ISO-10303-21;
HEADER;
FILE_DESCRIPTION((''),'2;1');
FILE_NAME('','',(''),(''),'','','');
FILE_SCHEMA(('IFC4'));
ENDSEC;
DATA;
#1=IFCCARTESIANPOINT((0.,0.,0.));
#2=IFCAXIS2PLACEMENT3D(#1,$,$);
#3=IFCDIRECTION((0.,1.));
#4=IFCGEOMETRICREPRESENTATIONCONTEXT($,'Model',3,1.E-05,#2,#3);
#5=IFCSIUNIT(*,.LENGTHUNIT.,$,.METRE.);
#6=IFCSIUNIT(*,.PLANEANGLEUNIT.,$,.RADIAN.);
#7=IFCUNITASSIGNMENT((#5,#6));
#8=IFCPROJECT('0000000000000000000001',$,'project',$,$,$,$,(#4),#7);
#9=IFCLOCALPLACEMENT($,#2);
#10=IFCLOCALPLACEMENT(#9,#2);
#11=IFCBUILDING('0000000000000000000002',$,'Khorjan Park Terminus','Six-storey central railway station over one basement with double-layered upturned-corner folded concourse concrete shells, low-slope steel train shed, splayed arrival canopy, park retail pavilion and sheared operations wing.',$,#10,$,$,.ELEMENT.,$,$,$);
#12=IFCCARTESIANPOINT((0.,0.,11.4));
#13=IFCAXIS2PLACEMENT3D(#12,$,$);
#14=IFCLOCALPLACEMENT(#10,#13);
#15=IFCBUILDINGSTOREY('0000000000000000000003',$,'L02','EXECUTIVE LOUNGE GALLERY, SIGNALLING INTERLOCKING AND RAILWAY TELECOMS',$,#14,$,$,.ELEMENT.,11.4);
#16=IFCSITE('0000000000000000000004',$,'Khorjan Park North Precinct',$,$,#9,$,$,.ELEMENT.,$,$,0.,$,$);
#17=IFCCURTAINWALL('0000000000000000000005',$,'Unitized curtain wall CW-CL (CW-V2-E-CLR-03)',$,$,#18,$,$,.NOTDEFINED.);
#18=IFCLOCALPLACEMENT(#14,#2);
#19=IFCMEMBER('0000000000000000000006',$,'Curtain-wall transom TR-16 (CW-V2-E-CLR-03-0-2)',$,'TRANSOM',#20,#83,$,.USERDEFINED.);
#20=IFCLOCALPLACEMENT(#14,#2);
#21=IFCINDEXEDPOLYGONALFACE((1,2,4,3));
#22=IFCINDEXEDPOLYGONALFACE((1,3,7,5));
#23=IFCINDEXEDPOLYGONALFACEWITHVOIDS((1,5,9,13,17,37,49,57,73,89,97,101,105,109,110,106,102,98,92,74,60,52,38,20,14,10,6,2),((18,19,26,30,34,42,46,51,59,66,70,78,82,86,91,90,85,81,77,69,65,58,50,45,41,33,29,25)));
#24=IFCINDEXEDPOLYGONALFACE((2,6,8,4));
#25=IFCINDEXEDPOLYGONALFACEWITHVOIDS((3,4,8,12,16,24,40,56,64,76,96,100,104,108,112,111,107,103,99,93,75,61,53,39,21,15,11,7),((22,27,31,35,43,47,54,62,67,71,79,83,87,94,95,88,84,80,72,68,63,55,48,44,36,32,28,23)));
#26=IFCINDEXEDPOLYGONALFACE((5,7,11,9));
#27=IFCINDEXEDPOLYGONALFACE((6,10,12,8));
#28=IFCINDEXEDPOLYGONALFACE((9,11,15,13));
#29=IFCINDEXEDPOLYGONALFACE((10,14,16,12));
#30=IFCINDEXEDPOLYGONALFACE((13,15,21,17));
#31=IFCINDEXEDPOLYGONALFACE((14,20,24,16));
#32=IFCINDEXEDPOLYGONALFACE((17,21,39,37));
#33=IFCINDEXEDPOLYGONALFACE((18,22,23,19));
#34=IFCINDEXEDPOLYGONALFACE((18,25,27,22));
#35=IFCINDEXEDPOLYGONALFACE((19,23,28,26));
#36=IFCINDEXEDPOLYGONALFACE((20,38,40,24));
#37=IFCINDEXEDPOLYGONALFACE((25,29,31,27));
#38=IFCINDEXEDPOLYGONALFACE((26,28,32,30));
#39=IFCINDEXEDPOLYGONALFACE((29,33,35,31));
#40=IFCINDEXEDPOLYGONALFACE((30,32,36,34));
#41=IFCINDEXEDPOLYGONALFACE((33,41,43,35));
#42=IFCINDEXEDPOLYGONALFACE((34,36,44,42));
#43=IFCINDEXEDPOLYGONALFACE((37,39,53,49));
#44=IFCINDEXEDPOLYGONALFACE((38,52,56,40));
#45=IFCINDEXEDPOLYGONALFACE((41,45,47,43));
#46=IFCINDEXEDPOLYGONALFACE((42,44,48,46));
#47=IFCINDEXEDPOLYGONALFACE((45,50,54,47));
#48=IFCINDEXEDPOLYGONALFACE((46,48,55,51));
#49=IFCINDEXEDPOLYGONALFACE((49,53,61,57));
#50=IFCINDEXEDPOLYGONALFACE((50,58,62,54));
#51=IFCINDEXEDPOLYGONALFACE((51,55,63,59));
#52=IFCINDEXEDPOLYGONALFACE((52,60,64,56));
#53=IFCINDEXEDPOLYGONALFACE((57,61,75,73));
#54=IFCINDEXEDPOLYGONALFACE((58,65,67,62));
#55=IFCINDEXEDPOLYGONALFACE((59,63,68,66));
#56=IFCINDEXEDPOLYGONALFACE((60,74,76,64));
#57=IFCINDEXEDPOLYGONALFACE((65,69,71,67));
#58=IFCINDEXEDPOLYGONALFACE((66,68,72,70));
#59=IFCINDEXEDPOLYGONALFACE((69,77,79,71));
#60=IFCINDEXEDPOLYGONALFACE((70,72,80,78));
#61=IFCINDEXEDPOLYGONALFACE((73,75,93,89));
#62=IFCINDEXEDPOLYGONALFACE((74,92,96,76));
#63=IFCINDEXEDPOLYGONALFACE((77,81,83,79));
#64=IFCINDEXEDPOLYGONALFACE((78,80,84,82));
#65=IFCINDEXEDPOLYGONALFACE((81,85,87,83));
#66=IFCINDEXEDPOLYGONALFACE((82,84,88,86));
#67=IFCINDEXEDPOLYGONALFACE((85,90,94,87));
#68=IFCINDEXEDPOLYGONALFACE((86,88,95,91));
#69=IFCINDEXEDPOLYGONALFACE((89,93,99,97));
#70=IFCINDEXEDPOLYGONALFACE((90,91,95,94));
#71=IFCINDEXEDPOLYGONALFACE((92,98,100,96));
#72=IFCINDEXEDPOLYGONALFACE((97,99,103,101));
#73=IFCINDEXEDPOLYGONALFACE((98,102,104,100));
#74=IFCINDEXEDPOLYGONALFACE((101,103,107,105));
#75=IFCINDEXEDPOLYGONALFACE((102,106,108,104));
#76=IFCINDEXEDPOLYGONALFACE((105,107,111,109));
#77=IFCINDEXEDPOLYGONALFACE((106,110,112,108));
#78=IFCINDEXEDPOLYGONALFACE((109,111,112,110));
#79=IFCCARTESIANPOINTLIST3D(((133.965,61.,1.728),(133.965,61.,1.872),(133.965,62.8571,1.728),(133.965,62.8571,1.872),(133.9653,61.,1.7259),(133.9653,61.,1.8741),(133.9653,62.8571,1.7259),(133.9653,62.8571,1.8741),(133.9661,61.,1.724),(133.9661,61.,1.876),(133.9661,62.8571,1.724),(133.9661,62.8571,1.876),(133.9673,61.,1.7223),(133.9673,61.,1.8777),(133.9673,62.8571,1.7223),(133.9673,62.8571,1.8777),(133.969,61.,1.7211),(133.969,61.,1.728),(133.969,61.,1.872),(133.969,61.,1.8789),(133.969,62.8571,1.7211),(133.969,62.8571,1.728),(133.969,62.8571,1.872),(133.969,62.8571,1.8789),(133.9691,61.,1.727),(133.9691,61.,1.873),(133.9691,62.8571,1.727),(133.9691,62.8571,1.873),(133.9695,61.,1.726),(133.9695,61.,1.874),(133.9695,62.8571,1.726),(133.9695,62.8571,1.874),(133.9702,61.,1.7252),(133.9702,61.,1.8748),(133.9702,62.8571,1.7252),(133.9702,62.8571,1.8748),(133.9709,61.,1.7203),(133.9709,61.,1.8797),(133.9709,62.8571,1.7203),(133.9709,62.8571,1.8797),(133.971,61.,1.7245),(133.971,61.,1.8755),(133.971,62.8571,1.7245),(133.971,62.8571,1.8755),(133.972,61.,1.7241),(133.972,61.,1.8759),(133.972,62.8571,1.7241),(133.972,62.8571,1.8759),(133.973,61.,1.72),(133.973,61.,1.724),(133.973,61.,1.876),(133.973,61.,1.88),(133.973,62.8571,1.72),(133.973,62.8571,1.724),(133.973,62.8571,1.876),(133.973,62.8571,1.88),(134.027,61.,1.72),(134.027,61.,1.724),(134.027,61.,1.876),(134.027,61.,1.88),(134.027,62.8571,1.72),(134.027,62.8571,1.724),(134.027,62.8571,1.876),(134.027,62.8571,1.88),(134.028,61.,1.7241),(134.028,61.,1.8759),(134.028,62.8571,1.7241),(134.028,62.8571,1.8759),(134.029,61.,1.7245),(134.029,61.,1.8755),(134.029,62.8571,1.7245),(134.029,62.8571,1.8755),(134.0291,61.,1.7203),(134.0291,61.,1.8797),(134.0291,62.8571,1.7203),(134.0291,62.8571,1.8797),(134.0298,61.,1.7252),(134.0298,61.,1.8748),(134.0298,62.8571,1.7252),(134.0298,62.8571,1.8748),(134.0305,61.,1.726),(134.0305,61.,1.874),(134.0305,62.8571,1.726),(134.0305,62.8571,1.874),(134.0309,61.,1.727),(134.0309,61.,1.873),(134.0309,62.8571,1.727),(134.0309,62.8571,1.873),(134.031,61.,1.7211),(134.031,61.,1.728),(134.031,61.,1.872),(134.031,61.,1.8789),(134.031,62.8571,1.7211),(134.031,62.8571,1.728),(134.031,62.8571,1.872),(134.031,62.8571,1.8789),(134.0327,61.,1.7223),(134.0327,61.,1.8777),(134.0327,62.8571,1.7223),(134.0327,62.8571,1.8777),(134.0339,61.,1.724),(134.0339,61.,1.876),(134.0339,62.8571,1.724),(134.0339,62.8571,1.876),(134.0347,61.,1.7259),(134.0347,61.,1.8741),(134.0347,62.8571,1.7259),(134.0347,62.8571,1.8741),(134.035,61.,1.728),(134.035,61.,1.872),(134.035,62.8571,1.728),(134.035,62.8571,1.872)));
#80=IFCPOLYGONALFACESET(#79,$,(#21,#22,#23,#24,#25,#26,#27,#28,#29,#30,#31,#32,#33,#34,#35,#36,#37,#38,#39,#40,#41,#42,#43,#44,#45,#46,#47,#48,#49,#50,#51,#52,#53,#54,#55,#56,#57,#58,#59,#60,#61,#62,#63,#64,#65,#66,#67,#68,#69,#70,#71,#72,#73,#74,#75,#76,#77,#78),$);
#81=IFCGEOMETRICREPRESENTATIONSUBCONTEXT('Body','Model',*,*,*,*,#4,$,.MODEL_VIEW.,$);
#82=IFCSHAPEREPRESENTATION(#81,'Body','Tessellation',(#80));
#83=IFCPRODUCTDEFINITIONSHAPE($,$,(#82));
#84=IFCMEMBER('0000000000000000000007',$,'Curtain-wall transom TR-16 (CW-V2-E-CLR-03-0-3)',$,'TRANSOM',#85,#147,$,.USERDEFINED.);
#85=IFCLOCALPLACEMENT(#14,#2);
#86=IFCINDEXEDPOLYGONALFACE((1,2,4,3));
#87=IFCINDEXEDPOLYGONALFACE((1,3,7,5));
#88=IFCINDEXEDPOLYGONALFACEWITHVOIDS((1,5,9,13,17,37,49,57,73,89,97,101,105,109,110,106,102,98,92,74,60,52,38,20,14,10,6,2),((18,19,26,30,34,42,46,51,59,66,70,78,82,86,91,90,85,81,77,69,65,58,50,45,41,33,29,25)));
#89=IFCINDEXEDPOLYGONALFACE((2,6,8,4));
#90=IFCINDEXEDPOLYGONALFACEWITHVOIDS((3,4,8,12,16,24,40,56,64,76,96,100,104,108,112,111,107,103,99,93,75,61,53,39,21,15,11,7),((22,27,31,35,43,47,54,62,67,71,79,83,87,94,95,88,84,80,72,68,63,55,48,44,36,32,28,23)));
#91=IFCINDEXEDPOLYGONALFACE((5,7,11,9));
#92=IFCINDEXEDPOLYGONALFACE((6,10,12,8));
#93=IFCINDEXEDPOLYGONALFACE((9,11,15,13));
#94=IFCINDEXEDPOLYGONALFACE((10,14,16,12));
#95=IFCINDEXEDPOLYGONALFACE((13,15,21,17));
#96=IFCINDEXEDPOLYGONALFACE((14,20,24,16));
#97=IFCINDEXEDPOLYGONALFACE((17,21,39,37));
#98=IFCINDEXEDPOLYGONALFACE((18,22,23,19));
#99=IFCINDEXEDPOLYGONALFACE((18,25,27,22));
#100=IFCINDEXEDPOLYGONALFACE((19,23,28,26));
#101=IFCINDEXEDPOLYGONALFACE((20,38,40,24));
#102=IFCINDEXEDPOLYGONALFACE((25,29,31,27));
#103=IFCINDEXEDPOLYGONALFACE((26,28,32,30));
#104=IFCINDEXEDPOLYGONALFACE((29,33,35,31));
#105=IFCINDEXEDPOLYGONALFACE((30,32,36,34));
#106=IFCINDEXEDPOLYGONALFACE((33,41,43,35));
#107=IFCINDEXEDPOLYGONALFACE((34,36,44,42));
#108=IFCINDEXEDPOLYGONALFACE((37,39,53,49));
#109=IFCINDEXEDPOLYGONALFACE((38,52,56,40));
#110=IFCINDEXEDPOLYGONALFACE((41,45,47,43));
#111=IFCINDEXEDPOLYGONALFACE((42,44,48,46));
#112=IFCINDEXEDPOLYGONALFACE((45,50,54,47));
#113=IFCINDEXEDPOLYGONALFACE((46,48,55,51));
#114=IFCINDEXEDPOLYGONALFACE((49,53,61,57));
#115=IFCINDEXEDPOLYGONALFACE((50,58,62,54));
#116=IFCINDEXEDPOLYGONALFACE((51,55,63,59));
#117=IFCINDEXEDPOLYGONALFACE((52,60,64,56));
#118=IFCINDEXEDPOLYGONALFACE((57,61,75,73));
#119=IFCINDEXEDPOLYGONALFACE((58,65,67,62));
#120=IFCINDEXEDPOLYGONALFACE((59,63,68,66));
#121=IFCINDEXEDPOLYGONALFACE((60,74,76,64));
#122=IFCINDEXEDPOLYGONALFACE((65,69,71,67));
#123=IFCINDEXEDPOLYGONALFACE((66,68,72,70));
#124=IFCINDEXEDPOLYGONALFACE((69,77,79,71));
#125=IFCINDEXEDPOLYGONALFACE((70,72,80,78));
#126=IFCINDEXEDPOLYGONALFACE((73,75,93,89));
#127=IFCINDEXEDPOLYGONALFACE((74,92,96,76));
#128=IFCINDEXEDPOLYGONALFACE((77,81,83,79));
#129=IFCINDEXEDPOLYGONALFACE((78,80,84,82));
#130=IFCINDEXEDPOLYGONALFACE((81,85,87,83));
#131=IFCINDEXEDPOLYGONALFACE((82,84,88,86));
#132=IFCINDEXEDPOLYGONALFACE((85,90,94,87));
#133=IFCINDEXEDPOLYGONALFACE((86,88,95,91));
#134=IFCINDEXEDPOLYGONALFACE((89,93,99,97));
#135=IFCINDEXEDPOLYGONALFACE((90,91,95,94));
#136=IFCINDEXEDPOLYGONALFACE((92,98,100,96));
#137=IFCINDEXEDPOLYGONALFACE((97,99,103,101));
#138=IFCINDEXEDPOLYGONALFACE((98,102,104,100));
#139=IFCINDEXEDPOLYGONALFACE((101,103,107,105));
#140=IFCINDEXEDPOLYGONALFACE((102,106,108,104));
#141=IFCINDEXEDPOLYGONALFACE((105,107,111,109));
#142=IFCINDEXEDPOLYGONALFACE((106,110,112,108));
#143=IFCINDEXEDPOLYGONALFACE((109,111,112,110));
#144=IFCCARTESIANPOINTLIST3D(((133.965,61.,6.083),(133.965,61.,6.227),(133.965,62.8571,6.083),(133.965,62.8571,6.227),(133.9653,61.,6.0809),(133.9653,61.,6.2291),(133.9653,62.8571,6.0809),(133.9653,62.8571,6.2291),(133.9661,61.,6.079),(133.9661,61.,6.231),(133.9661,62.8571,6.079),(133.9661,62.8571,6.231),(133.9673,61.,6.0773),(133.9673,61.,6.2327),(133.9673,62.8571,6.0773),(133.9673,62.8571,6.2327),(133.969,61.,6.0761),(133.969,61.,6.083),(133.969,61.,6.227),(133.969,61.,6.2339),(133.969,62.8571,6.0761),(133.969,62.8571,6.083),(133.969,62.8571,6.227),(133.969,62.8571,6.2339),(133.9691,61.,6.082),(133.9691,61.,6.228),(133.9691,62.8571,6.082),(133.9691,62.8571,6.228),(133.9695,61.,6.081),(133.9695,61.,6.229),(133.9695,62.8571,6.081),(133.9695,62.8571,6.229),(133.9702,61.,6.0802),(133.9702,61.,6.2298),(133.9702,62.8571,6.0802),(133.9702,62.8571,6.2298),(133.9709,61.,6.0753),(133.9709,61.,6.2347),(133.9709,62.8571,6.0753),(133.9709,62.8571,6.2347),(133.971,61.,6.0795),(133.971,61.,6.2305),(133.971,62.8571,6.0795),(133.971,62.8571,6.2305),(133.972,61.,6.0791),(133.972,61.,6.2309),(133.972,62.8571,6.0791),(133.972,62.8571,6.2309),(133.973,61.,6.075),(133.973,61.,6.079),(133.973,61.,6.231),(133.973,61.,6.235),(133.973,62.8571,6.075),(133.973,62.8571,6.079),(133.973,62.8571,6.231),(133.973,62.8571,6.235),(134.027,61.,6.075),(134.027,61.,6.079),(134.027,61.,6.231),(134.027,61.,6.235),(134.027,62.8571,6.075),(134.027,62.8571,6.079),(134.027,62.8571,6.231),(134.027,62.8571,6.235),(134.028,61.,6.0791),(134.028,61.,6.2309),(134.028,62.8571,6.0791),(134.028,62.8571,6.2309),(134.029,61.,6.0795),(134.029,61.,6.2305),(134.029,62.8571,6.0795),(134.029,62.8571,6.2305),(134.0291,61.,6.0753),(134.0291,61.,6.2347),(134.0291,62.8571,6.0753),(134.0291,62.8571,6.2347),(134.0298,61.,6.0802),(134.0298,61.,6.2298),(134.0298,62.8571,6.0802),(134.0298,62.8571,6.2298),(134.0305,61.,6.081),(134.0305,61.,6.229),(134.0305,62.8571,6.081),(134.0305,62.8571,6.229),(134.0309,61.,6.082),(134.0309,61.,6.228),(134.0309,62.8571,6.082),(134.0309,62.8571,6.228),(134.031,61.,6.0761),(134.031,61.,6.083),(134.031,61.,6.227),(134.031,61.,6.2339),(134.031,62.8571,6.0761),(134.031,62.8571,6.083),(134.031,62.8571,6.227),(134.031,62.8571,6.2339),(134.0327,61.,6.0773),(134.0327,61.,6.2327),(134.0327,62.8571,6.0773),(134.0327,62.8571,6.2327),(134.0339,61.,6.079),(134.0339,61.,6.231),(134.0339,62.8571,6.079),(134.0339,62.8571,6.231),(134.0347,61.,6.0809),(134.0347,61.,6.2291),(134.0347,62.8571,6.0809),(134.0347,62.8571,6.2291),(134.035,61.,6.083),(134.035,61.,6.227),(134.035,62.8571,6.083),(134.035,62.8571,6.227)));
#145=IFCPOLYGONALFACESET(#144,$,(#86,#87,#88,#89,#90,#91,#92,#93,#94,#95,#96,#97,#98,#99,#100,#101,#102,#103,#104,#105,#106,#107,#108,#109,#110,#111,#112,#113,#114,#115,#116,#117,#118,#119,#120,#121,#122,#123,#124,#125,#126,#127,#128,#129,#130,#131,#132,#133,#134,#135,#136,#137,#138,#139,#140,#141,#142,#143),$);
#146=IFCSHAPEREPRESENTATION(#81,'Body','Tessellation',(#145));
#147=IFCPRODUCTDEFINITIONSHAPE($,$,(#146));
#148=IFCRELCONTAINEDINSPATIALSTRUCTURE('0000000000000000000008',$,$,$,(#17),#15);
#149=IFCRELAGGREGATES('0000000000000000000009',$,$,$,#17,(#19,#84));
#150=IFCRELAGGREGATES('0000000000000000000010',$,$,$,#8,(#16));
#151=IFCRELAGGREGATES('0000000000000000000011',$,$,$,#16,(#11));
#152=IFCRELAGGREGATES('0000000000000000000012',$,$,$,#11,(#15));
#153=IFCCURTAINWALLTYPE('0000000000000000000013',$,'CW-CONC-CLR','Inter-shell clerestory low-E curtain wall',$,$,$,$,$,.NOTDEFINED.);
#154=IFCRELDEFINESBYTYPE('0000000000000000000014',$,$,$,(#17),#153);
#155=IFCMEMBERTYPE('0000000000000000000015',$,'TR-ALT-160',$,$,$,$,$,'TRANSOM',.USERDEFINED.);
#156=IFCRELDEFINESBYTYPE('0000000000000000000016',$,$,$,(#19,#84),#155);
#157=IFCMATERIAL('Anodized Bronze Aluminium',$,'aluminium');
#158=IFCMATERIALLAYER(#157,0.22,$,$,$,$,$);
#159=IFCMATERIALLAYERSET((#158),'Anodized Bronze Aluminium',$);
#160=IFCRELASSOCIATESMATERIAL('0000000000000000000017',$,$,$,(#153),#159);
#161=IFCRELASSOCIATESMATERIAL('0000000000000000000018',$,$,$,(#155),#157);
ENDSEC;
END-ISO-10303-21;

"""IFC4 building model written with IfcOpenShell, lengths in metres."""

from ifc_helpers import new_model, si_unit, direction, frame, origin, origin_2d, place, context, subcontext, project, spatial, hollow_rectangle, extrude, material, layer, layer_set, material_profile, profile_set, type_object, element, aggregate, save


model = new_model("IFC4")

# Units and contexts
model_context = context("Model", 3, precision=1e-05, world=origin(), true_north=direction((0.0, 1.0)))
body_context = subcontext(model_context, "Body", "Model", "MODEL_VIEW")
ifc_project = project(units=[si_unit("LENGTHUNIT", "METRE"), si_unit("PLANEANGLEUNIT", "RADIAN")], contexts=[model_context])

# Site, building, storey
site_placement = place(None, origin())
site = spatial("IfcSite", under=ifc_project, at=site_placement, Name="Khorjan Park North Precinct", CompositionType="ELEMENT", RefElevation=0.0)
building_placement = place(site_placement, origin())
building = spatial("IfcBuilding", under=site, at=building_placement, Name="Khorjan Park Terminus", Description="Six-storey central railway station over one basement with double-layered upturned-corner folded concourse concrete shells, low-slope steel train shed, splayed arrival canopy, park retail pavilion and sheared operations wing.", CompositionType="ELEMENT")
storey_placement = place(building_placement, frame((0.0, 0.0, 11.4)))
storey = spatial("IfcBuildingStorey", under=building, at=storey_placement, Name="L02", Description="EXECUTIVE LOUNGE GALLERY, SIGNALLING INTERLOCKING AND RAILWAY TELECOMS", CompositionType="ELEMENT", Elevation=11.4)

# Shared definitions
ifc_material_1 = material(Name="Anodized Bronze Aluminium", Category="aluminium")
ifc_layer_1 = layer(ifc_material_1, 0.22)
ifc_layer_set_1 = layer_set([ifc_layer_1], Name="Anodized Bronze Aluminium")
curtain_wall_type = type_object("IfcCurtainWallType", Name="CW-CONC-CLR", Description="Inter-shell clerestory low-E curtain wall", PredefinedType="NOTDEFINED", material=ifc_layer_set_1)

# Curtain wall
curtain_wall_1_placement = place(storey_placement, origin())
curtain_wall_1 = element("IfcCurtainWall", 1, at=curtain_wall_1_placement, inside=storey, type_object=curtain_wall_type, Name="Unitized curtain wall CW-CL (CW-V2-E-CLR-03)", PredefinedType="NOTDEFINED")

# Members
ifc_material_profile_1 = material_profile(ifc_material_1, hollow_rectangle(XDim=0.07, YDim=0.16, WallThickness=0.004, InnerFilletRadius=0.004, OuterFilletRadius=0.008, at=origin_2d()), Name="ALT 70x160x4")
ifc_profile_set_1 = profile_set([ifc_material_profile_1], Name="Anodized Bronze Aluminium")
member_type_1 = type_object("IfcMemberType", Name="TR-ALT-160", ElementType="TRANSOM", PredefinedType="USERDEFINED", material=ifc_profile_set_1)
member_1_placement = place(storey_placement, frame((134.0, 61.0, 1.8), z_axis=(0.0, 1.0, 0.0), x_axis=(-1.0, 0.0, 0.0)))
member_1 = element("IfcMember", 2, at=member_1_placement, type_object=member_type_1, Name="Curtain-wall transom TR-16 (CW-V2-E-CLR-03-0-2)", ObjectType="TRANSOM", PredefinedType="USERDEFINED", context=body_context, shape_type="SweptSolid", body=[
    extrude(hollow_rectangle(XDim=0.07, YDim=0.16, WallThickness=0.004, InnerFilletRadius=0.004, OuterFilletRadius=0.008, at=origin_2d()), origin(), (0.0, 0.0, 1.0), 1.8571),
])
member_2_placement = place(storey_placement, frame((134.0, 61.0, 6.155), z_axis=(0.0, 1.0, 0.0), x_axis=(-1.0, 0.0, 0.0)))
member_2 = element("IfcMember", 3, at=member_2_placement, type_object=member_type_1, Name="Curtain-wall transom TR-16 (CW-V2-E-CLR-03-0-3)", ObjectType="TRANSOM", PredefinedType="USERDEFINED", context=body_context, shape_type="SweptSolid", body=[
    extrude(hollow_rectangle(XDim=0.07, YDim=0.16, WallThickness=0.004, InnerFilletRadius=0.004, OuterFilletRadius=0.008, at=origin_2d()), origin(), (0.0, 0.0, 1.0), 1.8571),
])

aggregate(curtain_wall_1, [member_1, member_2])

save(model, "model.ifc")
